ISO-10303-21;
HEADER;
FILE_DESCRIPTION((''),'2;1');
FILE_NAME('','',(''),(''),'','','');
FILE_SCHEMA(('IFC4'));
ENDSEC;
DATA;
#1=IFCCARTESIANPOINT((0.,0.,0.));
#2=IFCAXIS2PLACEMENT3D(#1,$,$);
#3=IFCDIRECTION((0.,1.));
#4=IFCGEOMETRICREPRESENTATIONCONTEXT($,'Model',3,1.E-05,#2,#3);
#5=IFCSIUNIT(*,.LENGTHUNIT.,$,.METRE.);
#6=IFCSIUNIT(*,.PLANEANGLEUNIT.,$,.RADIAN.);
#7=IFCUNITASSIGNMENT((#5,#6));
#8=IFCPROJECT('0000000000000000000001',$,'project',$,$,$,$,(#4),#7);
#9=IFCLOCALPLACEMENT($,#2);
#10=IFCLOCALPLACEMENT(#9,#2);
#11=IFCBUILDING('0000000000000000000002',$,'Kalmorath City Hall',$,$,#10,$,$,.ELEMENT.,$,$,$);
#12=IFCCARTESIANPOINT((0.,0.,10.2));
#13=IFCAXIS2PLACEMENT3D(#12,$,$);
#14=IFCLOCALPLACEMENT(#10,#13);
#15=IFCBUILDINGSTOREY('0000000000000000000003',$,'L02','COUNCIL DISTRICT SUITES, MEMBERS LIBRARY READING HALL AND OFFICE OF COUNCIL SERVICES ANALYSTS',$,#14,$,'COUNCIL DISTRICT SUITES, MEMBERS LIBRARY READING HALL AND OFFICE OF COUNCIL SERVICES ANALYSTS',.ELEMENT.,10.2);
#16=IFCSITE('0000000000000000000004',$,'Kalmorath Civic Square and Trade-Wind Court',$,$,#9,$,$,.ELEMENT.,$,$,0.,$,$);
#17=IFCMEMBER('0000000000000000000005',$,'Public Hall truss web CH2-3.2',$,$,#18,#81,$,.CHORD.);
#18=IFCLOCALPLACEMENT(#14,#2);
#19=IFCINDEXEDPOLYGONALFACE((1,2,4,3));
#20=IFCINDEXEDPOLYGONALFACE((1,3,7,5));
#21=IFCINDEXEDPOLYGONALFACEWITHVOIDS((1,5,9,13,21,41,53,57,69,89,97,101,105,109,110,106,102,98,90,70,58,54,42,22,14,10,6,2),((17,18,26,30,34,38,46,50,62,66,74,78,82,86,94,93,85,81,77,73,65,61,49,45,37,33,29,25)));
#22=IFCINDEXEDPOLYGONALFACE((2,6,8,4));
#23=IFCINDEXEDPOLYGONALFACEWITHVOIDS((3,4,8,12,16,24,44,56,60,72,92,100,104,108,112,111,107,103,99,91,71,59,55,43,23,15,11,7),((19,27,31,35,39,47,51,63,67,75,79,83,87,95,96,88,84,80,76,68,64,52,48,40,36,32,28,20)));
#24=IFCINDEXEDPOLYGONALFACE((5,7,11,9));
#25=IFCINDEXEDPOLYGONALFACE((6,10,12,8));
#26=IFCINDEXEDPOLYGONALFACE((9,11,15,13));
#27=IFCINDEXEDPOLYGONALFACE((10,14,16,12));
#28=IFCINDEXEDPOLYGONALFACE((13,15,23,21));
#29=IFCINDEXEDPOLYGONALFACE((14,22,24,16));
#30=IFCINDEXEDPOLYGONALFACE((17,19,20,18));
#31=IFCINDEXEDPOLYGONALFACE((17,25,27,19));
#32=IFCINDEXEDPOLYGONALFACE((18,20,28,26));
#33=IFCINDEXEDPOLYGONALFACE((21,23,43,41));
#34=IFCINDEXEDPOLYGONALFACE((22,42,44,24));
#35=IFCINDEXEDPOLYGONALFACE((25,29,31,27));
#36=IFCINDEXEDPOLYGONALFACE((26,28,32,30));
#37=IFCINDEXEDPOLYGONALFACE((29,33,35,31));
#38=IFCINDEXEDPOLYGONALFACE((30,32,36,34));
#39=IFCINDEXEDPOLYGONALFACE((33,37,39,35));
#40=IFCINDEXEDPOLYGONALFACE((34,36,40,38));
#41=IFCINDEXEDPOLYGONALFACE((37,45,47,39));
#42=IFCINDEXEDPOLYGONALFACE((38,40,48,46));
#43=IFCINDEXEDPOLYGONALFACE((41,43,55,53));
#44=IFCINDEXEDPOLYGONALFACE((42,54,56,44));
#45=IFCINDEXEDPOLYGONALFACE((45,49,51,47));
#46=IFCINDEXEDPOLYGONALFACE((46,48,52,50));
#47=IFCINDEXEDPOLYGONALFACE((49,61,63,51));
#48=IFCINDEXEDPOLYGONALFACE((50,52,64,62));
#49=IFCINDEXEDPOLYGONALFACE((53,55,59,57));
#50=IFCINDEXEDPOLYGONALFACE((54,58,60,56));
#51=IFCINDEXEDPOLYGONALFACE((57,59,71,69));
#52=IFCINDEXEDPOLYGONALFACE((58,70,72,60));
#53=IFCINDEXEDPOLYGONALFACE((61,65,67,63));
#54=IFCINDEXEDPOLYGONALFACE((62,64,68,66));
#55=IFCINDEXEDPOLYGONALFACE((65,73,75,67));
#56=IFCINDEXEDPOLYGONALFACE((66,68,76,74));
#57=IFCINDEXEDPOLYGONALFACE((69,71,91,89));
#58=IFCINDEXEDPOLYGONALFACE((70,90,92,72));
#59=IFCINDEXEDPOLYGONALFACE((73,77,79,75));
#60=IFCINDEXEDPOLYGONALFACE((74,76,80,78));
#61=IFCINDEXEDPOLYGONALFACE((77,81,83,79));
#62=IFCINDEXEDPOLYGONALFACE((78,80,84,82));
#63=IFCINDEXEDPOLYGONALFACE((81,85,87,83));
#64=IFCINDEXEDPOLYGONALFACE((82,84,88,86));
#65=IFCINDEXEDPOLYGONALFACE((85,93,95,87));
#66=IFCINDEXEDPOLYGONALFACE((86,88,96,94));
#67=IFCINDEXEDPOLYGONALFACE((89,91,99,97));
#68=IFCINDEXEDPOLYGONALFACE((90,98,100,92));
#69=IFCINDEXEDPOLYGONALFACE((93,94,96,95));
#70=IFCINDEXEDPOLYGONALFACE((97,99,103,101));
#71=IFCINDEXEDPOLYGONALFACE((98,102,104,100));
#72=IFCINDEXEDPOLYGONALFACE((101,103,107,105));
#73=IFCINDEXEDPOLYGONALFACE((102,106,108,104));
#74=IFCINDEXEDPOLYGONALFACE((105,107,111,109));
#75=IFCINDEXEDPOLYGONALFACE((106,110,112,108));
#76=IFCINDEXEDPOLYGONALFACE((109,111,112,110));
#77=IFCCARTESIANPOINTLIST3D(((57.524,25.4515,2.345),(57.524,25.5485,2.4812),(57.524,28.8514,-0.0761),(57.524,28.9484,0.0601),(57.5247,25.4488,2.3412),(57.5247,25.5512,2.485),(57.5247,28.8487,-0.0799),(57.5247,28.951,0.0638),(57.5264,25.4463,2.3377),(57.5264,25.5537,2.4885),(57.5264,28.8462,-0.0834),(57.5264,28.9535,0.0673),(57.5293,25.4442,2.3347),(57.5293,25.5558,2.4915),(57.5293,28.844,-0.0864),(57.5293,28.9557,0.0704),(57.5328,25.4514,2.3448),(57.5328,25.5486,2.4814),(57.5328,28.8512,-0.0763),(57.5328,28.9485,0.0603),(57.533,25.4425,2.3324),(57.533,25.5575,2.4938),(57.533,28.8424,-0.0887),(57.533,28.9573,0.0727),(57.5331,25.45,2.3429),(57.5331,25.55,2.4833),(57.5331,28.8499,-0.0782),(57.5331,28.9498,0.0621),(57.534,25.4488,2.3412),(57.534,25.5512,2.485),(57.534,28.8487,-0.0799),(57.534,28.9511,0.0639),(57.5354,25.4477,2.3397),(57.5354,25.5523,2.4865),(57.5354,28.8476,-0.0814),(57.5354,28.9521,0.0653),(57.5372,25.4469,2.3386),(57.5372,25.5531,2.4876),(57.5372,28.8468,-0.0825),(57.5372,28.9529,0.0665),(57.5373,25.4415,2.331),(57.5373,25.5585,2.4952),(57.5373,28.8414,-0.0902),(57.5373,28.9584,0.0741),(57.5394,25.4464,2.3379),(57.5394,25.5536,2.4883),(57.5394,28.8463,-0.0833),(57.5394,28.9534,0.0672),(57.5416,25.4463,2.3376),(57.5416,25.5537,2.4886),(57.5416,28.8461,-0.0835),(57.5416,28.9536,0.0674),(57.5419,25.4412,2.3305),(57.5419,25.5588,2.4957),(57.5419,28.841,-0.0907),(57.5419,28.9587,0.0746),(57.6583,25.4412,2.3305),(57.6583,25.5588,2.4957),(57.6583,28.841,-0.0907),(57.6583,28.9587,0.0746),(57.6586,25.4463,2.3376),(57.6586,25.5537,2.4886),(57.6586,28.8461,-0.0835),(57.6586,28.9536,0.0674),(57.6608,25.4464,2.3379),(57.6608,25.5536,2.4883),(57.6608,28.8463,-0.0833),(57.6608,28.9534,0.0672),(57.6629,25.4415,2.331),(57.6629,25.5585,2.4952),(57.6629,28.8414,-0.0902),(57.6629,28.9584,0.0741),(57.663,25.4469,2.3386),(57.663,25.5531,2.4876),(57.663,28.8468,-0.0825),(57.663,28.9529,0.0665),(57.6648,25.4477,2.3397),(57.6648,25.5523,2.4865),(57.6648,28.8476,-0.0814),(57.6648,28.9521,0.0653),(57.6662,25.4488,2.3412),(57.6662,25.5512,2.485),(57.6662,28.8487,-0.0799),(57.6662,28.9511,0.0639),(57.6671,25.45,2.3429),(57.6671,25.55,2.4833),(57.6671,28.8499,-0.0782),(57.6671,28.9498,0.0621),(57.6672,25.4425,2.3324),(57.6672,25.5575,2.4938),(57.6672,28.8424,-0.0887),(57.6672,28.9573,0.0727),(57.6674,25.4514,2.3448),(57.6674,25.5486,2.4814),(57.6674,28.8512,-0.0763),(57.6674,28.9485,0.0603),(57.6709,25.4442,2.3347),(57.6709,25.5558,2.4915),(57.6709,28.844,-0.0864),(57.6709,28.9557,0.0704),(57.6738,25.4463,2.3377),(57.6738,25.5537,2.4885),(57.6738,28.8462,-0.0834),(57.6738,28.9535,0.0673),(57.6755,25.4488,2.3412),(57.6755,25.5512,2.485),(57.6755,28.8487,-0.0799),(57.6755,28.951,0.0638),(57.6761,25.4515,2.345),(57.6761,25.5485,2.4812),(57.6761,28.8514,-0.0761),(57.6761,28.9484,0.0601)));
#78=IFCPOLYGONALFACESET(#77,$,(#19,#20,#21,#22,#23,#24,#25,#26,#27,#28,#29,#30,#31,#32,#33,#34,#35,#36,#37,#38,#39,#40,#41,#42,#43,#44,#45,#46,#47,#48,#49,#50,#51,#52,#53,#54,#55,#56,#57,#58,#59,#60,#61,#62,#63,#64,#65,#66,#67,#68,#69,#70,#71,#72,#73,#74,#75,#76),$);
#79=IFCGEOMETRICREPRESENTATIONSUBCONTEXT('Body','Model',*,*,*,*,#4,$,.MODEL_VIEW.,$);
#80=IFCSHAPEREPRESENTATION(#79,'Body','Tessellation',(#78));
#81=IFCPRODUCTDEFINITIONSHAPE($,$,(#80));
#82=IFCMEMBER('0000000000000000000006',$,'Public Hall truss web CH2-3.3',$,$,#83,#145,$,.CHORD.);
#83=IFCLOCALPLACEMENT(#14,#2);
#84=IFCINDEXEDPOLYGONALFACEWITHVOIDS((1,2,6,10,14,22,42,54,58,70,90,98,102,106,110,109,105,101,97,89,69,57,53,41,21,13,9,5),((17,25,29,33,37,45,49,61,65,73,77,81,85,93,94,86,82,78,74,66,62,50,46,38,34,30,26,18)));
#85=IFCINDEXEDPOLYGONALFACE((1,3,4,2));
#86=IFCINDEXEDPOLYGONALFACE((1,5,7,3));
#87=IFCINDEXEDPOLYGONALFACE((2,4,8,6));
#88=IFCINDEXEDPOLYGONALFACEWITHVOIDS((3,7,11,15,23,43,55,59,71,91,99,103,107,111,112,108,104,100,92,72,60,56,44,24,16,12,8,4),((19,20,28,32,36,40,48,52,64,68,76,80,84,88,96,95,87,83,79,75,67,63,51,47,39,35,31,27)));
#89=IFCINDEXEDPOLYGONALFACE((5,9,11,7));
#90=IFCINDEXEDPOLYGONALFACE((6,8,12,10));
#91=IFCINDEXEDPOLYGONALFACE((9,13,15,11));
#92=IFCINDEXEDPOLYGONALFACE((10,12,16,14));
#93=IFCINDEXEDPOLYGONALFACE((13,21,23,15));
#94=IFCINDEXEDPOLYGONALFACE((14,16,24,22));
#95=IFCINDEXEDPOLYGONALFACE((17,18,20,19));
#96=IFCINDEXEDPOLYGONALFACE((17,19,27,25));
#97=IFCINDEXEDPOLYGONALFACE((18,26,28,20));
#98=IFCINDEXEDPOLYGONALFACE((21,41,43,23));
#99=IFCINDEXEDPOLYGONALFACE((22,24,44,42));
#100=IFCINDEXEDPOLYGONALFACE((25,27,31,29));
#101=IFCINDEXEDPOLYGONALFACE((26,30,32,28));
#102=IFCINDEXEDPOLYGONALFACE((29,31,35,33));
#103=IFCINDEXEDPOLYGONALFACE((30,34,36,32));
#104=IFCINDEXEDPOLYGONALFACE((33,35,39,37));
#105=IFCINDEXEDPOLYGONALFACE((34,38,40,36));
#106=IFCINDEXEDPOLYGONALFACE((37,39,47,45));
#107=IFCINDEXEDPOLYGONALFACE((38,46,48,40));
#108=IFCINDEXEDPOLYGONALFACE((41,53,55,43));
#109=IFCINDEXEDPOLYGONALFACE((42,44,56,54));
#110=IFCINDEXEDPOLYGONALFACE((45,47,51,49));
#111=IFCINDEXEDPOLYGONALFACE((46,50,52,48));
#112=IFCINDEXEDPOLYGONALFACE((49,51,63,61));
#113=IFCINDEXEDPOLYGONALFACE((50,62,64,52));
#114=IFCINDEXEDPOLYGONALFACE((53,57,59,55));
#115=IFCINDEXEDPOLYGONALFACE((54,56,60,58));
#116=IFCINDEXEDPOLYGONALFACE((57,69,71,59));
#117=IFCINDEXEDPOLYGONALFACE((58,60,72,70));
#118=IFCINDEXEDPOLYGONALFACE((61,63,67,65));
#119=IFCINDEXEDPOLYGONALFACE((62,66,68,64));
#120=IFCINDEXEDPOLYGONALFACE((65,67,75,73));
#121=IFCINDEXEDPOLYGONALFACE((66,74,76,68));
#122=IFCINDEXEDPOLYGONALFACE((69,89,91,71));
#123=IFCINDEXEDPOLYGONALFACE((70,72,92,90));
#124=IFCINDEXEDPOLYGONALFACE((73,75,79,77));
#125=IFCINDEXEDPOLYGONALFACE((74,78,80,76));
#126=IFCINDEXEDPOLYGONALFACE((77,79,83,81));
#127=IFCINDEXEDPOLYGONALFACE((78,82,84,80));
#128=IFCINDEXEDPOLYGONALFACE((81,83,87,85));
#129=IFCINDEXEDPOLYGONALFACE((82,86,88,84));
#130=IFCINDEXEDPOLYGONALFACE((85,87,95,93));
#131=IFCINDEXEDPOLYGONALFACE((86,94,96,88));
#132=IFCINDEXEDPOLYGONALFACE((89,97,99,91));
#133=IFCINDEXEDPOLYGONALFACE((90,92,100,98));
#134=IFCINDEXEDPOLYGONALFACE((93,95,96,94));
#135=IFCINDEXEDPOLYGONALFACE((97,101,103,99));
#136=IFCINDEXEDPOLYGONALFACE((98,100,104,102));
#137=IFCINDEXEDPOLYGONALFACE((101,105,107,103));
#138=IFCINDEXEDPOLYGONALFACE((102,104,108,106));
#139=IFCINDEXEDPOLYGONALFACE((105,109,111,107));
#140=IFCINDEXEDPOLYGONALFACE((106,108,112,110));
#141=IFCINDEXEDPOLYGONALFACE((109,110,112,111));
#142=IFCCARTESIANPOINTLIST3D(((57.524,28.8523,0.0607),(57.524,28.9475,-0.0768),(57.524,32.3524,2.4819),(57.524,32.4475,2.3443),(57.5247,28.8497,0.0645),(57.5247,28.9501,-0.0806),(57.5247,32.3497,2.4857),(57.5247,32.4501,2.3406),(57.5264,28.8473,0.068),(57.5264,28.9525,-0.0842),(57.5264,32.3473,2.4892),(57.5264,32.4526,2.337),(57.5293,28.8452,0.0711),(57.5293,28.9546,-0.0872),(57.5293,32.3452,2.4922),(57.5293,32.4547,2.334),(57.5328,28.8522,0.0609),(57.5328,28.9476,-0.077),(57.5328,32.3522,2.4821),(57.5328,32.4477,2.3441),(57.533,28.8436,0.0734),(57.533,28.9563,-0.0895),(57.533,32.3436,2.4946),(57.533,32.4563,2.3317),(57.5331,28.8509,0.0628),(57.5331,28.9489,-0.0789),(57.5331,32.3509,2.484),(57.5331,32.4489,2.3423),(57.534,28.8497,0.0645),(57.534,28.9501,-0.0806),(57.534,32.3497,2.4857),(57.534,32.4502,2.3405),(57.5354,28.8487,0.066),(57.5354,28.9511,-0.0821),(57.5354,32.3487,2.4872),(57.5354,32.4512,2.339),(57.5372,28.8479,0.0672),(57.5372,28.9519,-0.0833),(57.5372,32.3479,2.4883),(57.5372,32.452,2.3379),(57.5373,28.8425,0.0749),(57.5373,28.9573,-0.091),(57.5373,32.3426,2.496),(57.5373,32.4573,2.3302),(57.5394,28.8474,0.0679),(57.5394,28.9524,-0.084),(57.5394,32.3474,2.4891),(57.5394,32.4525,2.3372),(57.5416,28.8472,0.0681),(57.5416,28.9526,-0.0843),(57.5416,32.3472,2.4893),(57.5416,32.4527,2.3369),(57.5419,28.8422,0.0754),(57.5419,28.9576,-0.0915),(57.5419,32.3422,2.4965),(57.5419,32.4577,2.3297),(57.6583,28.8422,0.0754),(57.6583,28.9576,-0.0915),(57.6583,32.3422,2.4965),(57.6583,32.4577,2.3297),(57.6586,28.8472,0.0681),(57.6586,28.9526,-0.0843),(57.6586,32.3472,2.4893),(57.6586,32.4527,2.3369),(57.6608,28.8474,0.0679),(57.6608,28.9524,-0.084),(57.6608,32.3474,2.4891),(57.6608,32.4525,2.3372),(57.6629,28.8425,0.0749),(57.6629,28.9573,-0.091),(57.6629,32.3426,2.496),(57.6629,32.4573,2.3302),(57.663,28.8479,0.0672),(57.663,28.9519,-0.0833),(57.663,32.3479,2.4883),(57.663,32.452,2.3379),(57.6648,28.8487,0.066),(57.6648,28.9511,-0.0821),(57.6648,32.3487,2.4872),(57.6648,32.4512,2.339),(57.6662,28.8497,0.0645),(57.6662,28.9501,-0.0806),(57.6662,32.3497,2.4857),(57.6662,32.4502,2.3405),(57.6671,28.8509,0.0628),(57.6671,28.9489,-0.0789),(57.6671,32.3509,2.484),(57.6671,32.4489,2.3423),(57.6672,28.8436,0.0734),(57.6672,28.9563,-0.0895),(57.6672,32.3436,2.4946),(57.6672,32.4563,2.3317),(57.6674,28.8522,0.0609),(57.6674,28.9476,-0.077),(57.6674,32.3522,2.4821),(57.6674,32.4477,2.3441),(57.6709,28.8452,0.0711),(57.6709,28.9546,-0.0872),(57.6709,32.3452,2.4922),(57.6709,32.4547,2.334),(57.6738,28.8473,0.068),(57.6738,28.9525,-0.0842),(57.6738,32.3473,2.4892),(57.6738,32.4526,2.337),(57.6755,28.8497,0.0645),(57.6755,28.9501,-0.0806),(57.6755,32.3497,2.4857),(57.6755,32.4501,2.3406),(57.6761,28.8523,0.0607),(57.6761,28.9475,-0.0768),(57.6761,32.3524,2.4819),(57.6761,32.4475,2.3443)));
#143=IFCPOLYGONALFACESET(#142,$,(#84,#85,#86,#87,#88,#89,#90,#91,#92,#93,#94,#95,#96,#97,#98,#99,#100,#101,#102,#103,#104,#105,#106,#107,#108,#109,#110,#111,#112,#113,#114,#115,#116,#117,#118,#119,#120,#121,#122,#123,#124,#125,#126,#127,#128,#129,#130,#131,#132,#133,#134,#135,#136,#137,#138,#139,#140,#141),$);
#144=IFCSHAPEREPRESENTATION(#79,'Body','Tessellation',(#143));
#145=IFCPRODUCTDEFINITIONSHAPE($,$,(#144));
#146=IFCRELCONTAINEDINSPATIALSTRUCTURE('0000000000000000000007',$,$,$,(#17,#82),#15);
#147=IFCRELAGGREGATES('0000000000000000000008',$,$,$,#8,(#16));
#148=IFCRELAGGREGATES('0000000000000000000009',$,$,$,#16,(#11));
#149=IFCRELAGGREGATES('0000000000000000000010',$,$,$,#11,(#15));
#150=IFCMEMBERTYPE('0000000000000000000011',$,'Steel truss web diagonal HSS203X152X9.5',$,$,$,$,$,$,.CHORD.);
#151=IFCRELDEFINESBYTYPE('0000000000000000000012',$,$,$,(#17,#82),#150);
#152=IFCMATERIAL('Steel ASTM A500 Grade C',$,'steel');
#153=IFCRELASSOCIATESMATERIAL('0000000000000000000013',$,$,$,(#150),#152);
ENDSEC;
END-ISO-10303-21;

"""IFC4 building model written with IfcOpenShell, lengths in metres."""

from ifc_helpers import new_model, si_unit, direction, frame, origin, origin_2d, place, context, subcontext, project, spatial, hollow_rectangle, extrude, material, material_profile, profile_set, type_object, element, save


model = new_model("IFC4")

# Units and contexts
model_context = context("Model", 3, precision=1e-05, world=origin(), true_north=direction((0.0, 1.0)))
body_context = subcontext(model_context, "Body", "Model", "MODEL_VIEW")
ifc_project = project(units=[si_unit("LENGTHUNIT", "METRE"), si_unit("PLANEANGLEUNIT", "RADIAN")], contexts=[model_context])

# Site, building, storey
site_placement = place(None, origin())
site = spatial("IfcSite", under=ifc_project, at=site_placement, Name="Kalmorath Civic Square and Trade-Wind Court", CompositionType="ELEMENT", RefElevation=0.0)
building_placement = place(site_placement, origin())
building = spatial("IfcBuilding", under=site, at=building_placement, Name="Kalmorath City Hall", CompositionType="ELEMENT")
storey_placement = place(building_placement, frame((0.0, 0.0, 10.2)))
storey = spatial("IfcBuildingStorey", under=building, at=storey_placement, Name="L02", Description="COUNCIL DISTRICT SUITES, MEMBERS LIBRARY READING HALL AND OFFICE OF COUNCIL SERVICES ANALYSTS", LongName="COUNCIL DISTRICT SUITES, MEMBERS LIBRARY READING HALL AND OFFICE OF COUNCIL SERVICES ANALYSTS", CompositionType="ELEMENT", Elevation=10.2)

# Members
ifc_material_1 = material(Name="Steel ASTM A500 Grade C", Category="steel")
ifc_material_profile_1 = material_profile(ifc_material_1, hollow_rectangle(XDim=0.1521, YDim=0.2029, WallThickness=0.0088, InnerFilletRadius=0.0088, OuterFilletRadius=0.0178, at=origin_2d()), Name="HSS203X152X9.5")
ifc_profile_set_1 = profile_set([ifc_material_profile_1], Name="Steel ASTM A500 Grade C")
member_type_1 = type_object("IfcMemberType", Name="Steel truss web diagonal HSS203X152X9.5", PredefinedType="CHORD", material=ifc_profile_set_1)
member_1_placement = place(storey_placement, frame((57.6001, 25.5, 2.4131), z_axis=(0.0, 0.814567, -0.58007), x_axis=(-1.0, 0.0, 0.0)))
element("IfcMember", 1, at=member_1_placement, inside=storey, type_object=member_type_1, Name="Public Hall truss web CH2-3.2", PredefinedType="CHORD", context=body_context, shape_type="SweptSolid", body=[
    extrude(hollow_rectangle(XDim=0.1521, YDim=0.2029, WallThickness=0.0088, InnerFilletRadius=0.0088, OuterFilletRadius=0.0178, at=origin_2d()), origin(), (0.0, 0.0, 1.0), 4.1738),
])
member_2_placement = place(storey_placement, frame((57.6001, 28.8999, -0.0081), z_axis=(0.0, 0.822405, 0.568903), x_axis=(-1.0, 0.0, 0.0)))
element("IfcMember", 2, at=member_2_placement, inside=storey, type_object=member_type_1, Name="Public Hall truss web CH2-3.3", PredefinedType="CHORD", context=body_context, shape_type="SweptSolid", body=[
    extrude(hollow_rectangle(XDim=0.1521, YDim=0.2029, WallThickness=0.0088, InnerFilletRadius=0.0088, OuterFilletRadius=0.0178, at=origin_2d()), origin(), (0.0, 0.0, 1.0), 4.2559),
])

save(model, "model.ifc")
